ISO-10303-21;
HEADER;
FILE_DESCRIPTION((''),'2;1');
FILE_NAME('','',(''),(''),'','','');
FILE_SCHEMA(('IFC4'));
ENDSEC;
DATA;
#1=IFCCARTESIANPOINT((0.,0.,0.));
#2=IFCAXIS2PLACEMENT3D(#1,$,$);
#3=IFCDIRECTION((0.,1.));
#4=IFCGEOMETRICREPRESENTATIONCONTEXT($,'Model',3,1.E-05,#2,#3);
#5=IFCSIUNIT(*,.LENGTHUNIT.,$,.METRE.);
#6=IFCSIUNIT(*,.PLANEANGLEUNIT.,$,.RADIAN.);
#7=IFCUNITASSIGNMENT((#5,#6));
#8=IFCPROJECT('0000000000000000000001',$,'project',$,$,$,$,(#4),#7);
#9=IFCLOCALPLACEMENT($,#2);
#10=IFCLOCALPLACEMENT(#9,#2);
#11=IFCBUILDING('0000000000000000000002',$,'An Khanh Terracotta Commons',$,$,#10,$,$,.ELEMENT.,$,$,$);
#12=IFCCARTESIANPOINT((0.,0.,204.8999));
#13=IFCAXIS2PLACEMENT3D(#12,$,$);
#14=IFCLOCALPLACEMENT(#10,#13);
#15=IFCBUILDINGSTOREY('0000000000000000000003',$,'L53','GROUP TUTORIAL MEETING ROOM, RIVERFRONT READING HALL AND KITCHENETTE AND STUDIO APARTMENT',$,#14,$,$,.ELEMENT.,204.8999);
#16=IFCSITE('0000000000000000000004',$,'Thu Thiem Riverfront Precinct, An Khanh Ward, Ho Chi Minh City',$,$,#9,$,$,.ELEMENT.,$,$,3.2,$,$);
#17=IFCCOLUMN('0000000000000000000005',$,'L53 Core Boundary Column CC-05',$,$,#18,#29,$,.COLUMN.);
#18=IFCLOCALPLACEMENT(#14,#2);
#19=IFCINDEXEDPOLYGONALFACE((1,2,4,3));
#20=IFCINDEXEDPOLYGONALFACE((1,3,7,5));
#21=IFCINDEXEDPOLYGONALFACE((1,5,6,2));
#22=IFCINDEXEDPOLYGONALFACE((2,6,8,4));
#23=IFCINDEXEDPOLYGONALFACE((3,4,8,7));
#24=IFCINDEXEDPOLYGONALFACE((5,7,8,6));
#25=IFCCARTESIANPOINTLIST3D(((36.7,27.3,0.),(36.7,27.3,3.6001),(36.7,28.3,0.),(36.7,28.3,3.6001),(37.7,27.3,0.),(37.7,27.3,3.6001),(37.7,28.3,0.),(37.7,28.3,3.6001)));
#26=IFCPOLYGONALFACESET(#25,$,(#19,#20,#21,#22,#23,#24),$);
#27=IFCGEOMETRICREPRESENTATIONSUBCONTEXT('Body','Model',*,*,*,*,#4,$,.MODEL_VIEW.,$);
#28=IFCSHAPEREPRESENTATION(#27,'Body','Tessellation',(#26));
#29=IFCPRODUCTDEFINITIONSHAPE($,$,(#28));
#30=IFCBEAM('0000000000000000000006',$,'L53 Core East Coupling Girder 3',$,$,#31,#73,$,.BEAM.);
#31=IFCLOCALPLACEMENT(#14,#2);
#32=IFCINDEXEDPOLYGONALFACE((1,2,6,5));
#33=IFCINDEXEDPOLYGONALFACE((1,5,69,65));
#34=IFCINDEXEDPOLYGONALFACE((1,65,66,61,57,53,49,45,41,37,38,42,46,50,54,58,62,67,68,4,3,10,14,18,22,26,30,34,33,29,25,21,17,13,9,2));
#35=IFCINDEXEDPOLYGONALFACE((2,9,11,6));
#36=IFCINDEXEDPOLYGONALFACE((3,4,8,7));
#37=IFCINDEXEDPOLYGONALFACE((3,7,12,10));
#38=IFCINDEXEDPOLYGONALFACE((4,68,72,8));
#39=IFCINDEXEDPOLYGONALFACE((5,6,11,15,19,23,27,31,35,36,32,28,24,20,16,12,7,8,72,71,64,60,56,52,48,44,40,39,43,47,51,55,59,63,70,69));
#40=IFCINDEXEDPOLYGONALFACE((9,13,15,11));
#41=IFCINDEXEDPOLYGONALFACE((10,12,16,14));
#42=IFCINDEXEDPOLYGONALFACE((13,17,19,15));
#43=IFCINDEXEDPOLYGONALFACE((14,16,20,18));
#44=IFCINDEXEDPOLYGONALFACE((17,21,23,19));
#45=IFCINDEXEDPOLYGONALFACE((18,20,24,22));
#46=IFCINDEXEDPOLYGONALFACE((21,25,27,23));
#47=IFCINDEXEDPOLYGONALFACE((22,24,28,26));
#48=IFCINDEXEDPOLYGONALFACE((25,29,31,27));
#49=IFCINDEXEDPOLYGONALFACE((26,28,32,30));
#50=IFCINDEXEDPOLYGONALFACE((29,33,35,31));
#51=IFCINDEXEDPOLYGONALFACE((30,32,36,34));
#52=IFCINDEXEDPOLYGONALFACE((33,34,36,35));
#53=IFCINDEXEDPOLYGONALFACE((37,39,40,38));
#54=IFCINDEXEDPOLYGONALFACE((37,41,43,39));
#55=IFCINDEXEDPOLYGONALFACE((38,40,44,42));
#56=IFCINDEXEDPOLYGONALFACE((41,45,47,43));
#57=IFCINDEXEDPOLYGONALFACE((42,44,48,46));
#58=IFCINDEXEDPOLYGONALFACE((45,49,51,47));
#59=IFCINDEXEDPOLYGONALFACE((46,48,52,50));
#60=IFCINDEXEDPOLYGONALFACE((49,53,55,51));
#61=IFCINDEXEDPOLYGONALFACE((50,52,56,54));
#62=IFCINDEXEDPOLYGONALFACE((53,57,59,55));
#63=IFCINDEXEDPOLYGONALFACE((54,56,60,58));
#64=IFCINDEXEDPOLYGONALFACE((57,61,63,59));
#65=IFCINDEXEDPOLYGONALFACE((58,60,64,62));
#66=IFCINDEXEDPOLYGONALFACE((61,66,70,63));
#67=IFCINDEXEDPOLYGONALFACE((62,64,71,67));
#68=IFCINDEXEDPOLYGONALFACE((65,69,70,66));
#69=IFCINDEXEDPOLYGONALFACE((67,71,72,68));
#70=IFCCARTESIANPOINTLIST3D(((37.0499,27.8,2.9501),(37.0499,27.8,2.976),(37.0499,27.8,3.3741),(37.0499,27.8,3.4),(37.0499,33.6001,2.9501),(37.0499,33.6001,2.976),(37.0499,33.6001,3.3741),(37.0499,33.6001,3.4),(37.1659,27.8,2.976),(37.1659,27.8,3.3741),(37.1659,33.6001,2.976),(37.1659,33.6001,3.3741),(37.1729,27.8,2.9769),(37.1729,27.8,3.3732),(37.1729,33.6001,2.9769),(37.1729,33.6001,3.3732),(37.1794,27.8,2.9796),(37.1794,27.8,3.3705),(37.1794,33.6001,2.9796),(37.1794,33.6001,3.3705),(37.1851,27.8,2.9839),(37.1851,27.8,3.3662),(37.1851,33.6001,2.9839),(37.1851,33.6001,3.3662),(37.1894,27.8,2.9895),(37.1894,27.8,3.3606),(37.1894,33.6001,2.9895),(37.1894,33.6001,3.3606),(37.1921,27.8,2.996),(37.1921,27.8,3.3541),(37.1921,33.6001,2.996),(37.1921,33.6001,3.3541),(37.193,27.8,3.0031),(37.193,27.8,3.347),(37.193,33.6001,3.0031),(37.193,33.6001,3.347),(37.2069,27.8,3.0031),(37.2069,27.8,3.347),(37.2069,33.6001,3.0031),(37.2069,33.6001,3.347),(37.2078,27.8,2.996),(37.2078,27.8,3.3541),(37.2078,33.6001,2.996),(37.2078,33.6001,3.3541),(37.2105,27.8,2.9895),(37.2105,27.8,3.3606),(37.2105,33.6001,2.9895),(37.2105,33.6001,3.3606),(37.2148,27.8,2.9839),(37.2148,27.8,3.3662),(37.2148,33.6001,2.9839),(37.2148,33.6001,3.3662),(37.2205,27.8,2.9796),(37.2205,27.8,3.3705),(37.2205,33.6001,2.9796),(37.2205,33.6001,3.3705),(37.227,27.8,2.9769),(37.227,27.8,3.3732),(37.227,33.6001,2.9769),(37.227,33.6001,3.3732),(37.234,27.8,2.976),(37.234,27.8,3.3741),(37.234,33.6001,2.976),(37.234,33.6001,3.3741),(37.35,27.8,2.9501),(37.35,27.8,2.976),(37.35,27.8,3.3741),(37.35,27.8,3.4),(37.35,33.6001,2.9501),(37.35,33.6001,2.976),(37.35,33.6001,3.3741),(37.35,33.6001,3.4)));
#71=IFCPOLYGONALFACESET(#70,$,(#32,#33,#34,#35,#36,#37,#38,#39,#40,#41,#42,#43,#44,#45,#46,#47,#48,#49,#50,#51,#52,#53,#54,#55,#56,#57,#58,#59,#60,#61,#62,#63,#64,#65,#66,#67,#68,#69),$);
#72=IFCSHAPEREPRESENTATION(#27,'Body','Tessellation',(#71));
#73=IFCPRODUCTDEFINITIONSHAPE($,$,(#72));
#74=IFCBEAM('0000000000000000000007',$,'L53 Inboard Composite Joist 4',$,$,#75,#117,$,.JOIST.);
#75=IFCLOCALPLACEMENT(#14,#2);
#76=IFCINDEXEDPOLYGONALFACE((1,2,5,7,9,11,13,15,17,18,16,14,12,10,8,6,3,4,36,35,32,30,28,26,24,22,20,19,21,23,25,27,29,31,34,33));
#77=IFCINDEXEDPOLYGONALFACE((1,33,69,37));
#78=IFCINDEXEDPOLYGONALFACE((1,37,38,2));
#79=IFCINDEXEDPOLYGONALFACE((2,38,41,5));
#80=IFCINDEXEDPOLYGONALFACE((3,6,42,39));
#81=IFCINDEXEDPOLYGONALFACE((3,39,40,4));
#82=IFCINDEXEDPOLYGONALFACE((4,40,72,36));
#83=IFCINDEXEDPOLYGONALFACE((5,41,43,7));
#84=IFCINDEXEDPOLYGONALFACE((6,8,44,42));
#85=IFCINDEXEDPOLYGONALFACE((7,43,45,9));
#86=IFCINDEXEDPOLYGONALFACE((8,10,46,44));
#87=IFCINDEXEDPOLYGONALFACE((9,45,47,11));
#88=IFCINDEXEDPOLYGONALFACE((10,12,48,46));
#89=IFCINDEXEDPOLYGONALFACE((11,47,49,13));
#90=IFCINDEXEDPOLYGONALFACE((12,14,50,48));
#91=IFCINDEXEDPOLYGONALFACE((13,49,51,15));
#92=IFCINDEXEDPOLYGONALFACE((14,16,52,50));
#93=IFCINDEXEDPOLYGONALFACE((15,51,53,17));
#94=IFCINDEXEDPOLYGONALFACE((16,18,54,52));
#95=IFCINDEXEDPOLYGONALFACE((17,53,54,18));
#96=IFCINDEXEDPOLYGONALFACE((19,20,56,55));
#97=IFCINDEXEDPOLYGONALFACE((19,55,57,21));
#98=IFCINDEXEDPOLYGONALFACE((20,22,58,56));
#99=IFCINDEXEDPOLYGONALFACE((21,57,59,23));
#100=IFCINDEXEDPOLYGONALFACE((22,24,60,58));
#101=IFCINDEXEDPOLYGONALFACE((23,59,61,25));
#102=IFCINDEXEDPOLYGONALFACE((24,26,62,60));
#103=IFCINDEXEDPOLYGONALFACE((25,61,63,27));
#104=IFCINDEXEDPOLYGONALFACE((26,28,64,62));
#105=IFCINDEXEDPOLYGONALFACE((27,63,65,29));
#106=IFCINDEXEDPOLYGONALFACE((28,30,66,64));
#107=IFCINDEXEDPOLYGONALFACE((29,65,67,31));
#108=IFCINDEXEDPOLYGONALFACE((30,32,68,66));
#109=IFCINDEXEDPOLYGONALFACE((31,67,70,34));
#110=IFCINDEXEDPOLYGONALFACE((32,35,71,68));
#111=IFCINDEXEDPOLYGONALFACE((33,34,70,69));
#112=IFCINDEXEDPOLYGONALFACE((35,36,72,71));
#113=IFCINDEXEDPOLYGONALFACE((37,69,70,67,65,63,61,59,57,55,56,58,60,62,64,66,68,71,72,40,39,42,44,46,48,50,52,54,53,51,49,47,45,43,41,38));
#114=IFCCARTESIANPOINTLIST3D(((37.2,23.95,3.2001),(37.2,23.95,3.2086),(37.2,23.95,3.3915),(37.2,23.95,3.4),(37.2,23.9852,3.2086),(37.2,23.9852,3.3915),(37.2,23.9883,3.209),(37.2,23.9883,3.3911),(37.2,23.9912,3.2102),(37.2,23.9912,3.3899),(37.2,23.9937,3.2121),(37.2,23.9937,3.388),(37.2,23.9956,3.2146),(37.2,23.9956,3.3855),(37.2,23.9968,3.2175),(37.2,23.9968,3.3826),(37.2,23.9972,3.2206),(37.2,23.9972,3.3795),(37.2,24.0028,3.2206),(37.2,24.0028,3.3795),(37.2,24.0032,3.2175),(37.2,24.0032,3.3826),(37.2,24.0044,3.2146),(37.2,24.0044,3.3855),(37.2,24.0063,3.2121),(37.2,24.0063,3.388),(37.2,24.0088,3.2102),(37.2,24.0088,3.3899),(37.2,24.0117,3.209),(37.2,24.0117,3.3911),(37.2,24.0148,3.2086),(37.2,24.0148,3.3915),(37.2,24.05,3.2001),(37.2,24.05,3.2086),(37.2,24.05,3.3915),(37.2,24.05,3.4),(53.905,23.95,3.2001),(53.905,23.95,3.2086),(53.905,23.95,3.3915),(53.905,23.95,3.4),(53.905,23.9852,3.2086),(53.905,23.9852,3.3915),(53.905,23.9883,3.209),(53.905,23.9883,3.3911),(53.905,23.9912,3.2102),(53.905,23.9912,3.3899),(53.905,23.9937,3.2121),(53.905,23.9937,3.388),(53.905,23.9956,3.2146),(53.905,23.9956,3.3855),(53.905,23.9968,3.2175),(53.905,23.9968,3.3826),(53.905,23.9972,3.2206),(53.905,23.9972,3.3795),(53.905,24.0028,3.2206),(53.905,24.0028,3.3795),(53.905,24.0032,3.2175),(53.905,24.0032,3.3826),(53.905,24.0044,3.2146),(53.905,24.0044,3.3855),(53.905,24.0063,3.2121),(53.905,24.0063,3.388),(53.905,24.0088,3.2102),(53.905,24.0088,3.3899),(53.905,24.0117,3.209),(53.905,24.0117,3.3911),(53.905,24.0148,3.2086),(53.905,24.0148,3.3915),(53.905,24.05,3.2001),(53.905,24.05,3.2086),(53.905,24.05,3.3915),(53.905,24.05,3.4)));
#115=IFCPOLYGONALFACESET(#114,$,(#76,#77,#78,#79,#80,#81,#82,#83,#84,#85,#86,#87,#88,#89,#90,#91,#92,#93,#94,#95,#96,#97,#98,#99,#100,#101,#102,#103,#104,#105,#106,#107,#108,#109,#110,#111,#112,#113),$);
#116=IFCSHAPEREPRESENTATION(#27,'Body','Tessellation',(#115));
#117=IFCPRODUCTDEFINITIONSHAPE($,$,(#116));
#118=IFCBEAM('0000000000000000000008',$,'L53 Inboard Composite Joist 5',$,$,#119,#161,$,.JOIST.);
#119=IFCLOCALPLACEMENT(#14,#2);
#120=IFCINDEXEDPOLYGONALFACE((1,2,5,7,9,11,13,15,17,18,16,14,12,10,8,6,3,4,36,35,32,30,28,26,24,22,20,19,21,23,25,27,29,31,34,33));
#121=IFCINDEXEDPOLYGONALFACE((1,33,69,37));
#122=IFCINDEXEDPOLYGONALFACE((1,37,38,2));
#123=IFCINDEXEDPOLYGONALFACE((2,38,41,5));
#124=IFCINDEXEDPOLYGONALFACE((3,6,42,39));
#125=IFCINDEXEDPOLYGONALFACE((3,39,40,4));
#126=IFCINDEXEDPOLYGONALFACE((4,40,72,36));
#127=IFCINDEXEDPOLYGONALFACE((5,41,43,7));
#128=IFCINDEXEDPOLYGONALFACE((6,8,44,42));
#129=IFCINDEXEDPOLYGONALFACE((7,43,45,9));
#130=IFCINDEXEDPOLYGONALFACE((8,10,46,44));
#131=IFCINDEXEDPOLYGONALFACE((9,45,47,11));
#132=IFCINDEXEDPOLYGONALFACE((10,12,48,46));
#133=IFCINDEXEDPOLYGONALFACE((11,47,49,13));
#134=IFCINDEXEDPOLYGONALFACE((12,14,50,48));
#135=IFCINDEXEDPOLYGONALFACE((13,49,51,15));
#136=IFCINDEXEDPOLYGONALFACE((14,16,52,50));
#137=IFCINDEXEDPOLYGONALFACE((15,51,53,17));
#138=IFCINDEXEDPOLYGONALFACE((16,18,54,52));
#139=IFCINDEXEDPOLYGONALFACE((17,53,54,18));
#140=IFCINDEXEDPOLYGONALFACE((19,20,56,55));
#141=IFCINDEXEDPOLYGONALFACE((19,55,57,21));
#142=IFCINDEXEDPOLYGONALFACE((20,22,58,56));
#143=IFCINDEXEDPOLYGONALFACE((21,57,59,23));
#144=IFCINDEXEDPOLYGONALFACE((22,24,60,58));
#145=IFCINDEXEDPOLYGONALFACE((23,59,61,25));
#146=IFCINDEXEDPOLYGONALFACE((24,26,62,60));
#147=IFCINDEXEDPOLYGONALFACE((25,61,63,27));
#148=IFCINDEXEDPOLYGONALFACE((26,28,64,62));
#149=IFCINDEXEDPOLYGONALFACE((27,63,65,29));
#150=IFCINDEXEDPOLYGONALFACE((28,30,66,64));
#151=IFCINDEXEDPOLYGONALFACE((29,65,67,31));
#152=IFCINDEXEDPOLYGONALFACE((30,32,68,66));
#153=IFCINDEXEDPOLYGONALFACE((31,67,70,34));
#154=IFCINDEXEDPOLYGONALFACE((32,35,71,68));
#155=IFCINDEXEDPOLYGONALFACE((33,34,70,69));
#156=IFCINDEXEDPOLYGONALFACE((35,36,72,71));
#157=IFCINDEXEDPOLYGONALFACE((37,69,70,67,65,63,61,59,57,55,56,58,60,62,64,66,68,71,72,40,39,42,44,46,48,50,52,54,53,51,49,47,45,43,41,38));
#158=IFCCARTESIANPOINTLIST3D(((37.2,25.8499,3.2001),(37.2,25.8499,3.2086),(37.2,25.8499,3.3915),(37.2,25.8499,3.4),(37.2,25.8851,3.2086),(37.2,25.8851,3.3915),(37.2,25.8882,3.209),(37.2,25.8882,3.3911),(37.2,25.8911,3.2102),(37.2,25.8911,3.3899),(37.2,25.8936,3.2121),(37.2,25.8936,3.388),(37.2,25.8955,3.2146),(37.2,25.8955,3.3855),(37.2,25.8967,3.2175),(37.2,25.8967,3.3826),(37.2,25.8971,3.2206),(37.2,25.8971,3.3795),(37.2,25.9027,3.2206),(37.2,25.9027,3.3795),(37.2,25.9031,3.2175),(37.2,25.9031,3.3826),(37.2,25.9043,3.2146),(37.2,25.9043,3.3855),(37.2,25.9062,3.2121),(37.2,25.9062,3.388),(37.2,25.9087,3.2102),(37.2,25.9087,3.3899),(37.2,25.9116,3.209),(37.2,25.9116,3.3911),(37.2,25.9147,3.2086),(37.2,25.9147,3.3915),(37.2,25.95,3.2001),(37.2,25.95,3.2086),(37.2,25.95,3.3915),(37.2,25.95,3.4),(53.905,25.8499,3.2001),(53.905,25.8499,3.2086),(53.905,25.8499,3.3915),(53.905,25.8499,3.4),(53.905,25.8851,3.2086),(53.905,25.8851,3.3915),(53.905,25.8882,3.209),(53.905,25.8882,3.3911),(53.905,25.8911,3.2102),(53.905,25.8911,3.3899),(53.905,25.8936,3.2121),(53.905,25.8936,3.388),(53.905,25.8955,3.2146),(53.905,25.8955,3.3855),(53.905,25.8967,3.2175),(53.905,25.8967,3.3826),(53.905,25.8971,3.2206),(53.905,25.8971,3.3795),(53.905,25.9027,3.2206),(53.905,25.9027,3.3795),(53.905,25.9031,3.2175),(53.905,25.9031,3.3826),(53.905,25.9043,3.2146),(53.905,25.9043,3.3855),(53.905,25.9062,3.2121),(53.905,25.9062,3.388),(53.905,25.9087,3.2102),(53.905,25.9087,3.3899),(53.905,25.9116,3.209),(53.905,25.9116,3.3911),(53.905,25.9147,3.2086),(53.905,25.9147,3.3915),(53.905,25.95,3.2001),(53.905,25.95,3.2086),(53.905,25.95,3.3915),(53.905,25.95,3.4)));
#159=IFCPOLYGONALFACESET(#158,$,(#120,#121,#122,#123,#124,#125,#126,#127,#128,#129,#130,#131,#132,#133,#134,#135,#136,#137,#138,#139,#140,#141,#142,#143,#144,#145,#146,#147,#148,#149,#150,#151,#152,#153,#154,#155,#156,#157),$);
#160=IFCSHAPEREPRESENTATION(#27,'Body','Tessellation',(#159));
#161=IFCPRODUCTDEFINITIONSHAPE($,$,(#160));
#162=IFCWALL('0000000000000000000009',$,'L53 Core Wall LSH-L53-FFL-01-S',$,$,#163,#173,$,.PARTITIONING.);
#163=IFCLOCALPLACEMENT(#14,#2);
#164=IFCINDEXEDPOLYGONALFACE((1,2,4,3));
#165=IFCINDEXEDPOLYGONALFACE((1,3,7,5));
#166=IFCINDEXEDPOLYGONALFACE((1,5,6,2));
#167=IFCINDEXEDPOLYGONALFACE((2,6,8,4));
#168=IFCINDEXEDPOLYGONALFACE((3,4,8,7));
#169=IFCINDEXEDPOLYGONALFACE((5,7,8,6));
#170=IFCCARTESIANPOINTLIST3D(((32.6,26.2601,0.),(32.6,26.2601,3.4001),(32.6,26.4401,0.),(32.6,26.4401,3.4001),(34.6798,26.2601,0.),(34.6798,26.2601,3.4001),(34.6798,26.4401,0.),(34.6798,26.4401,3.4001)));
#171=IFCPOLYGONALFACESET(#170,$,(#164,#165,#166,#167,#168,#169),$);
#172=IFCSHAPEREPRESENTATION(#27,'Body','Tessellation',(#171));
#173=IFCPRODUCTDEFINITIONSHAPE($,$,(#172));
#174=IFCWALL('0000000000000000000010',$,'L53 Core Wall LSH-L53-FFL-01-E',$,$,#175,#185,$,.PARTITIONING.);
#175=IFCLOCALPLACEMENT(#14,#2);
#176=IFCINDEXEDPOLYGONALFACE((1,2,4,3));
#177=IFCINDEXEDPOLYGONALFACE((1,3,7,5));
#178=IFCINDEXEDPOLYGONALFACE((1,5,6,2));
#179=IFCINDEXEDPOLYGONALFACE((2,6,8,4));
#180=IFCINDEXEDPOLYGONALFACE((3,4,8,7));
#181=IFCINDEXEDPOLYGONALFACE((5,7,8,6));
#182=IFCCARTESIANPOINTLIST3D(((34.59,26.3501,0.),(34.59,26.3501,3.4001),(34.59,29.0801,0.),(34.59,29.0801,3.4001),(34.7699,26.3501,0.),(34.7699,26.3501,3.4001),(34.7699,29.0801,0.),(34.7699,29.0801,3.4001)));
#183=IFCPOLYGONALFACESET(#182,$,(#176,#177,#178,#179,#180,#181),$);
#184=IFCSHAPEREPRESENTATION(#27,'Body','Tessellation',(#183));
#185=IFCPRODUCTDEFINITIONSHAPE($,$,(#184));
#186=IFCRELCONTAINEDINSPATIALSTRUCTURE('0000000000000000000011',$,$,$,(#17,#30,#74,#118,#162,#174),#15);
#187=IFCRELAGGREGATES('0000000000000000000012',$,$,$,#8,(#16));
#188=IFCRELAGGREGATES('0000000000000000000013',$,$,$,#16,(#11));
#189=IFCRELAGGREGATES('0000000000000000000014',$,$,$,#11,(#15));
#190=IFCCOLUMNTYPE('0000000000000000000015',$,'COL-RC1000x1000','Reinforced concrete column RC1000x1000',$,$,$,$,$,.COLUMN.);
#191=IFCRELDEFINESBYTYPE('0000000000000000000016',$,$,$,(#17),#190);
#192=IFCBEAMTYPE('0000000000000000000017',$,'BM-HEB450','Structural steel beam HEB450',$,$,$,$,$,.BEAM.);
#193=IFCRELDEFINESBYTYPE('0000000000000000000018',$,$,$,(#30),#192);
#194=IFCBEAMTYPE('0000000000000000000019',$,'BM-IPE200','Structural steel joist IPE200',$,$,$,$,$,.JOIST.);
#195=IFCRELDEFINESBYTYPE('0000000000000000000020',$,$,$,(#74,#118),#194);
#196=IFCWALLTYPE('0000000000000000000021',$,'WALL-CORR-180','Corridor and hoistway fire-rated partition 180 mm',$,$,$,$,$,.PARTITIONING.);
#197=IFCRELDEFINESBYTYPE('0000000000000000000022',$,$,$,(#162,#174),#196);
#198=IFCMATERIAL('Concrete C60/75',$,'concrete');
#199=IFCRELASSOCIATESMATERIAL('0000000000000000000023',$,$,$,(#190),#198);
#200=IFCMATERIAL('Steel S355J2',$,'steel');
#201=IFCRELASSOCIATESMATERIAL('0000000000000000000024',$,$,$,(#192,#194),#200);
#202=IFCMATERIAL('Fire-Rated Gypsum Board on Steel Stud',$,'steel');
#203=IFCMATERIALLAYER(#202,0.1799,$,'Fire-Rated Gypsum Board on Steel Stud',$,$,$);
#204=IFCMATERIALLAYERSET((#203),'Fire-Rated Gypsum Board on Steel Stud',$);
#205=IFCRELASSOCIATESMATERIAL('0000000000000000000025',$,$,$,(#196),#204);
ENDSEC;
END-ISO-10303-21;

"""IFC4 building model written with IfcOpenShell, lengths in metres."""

from ifc_helpers import new_model, si_unit, direction, frame, frame_2d, origin, origin_2d, place, context, subcontext, project, spatial, rectangle, i_section, extrude, material, layer, layer_set, material_profile, profile_set, type_object, element, save


model = new_model("IFC4")

# Units and contexts
model_context = context("Model", 3, precision=1e-05, world=origin(), true_north=direction((0.0, 1.0)))
body_context = subcontext(model_context, "Body", "Model", "MODEL_VIEW")
ifc_project = project(units=[si_unit("LENGTHUNIT", "METRE"), si_unit("PLANEANGLEUNIT", "RADIAN")], contexts=[model_context])

# Site, building, storey
site_placement = place(None, origin())
site = spatial("IfcSite", under=ifc_project, at=site_placement, Name="Thu Thiem Riverfront Precinct, An Khanh Ward, Ho Chi Minh City", CompositionType="ELEMENT", RefElevation=3.2)
building_placement = place(site_placement, origin())
building = spatial("IfcBuilding", under=site, at=building_placement, Name="An Khanh Terracotta Commons", CompositionType="ELEMENT")
storey_placement = place(building_placement, frame((0.0, 0.0, 204.8999)))
storey = spatial("IfcBuildingStorey", under=building, at=storey_placement, Name="L53", Description="GROUP TUTORIAL MEETING ROOM, RIVERFRONT READING HALL AND KITCHENETTE AND STUDIO APARTMENT", CompositionType="ELEMENT", Elevation=204.8999)

# Column
ifc_material_1 = material(Name="Concrete C60/75", Category="concrete")
ifc_material_profile_1 = material_profile(ifc_material_1, rectangle(XDim=1.0, YDim=1.0, at=origin_2d()), Name="RC1000x1000")
ifc_profile_set_1 = profile_set([ifc_material_profile_1], Name="Concrete C60/75")
column_type = type_object("IfcColumnType", Name="COL-RC1000x1000", Description="Reinforced concrete column RC1000x1000", PredefinedType="COLUMN", material=ifc_profile_set_1)
column_placement = place(storey_placement, frame((37.2, 27.8, 0.0), z_axis=(0.0, 0.0, 1.0), x_axis=(1.0, 0.0, 0.0)))
element("IfcColumn", 1, at=column_placement, inside=storey, type_object=column_type, Name="L53 Core Boundary Column CC-05", PredefinedType="COLUMN", context=body_context, shape_type="SweptSolid", body=[
    extrude(rectangle(XDim=1.0, YDim=1.0, at=origin_2d()), origin(), (0.0, 0.0, 1.0), 3.6001),
])

# Beams
ifc_material_2 = material(Name="Steel S355J2", Category="steel")
ifc_material_profile_2 = material_profile(ifc_material_2, i_section(OverallWidth=0.3, OverallDepth=0.45, WebThickness=0.0139, FlangeThickness=0.0259, FilletRadius=0.0271, at=origin_2d()), Name="HEB450")
ifc_profile_set_2 = profile_set([ifc_material_profile_2], Name="Steel S355J2")
beam_type_1 = type_object("IfcBeamType", Name="BM-HEB450", Description="Structural steel beam HEB450", PredefinedType="BEAM", material=ifc_profile_set_2)
beam_placement = place(storey_placement, frame((37.2, 27.8, 3.175), z_axis=(0.0, 1.0, 0.0), x_axis=(-1.0, 0.0, 0.0)))
element("IfcBeam", 2, at=beam_placement, inside=storey, type_object=beam_type_1, Name="L53 Core East Coupling Girder 3", PredefinedType="BEAM", context=body_context, shape_type="SweptSolid", body=[
    extrude(i_section(OverallWidth=0.3, OverallDepth=0.45, WebThickness=0.0139, FlangeThickness=0.0259, FilletRadius=0.0271, at=origin_2d()), origin(), (0.0, 0.0, 1.0), 5.8),
])
ifc_material_profile_3 = material_profile(ifc_material_2, i_section(OverallWidth=0.1001, OverallDepth=0.2, WebThickness=0.0056, FlangeThickness=0.0085, FilletRadius=0.012, at=origin_2d()), Name="IPE200")
ifc_profile_set_3 = profile_set([ifc_material_profile_3], Name="Steel S355J2")
beam_type_2 = type_object("IfcBeamType", Name="BM-IPE200", Description="Structural steel joist IPE200", PredefinedType="JOIST", material=ifc_profile_set_3)
for number, where, z_axis, x_axis, name in (
    (3, (37.2, 24.0, 3.3), (1.0, 0.0, 0.0), (0.0, 1.0, 0.0), "L53 Inboard Composite Joist 4"),
    (4, (37.2, 25.8999, 3.3), (1.0, 0.0, 0.0), (0.0, 1.0, 0.0), "L53 Inboard Composite Joist 5"),
):
    element("IfcBeam", number, at=place(storey_placement, frame(where, z_axis=z_axis, x_axis=x_axis)), inside=storey, type_object=beam_type_2, Name=name, PredefinedType="JOIST", context=body_context, shape_type="SweptSolid", body=[
        extrude(i_section(OverallWidth=0.1001, OverallDepth=0.2, WebThickness=0.0056, FlangeThickness=0.0085, FilletRadius=0.012, at=origin_2d()), origin(), (0.0, 0.0, 1.0), 16.7051),
    ])

# Walls
ifc_material_3 = material(Name="Fire-Rated Gypsum Board on Steel Stud", Category="steel")
ifc_layer = layer(ifc_material_3, 0.1799, Name="Fire-Rated Gypsum Board on Steel Stud")
ifc_layer_set = layer_set([ifc_layer], Name="Fire-Rated Gypsum Board on Steel Stud")
wall_type = type_object("IfcWallType", Name="WALL-CORR-180", Description="Corridor and hoistway fire-rated partition 180 mm", PredefinedType="PARTITIONING", material=ifc_layer_set)
wall_1_placement = place(storey_placement, frame((34.6799, 26.3501, 0.0), z_axis=(0.0, 0.0, 1.0), x_axis=(-1.0, 0.0, 0.0)))
element("IfcWall", 5, at=wall_1_placement, inside=storey, type_object=wall_type, Name="L53 Core Wall LSH-L53-FFL-01-S", PredefinedType="PARTITIONING", context=body_context, shape_type="SweptSolid", body=[
    extrude(rectangle(XDim=2.0798, YDim=0.1799, at=frame_2d((1.04, 0.0))), origin(), (0.0, 0.0, 1.0), 3.4001),
])
wall_2_placement = place(storey_placement, frame((34.6799, 26.3501, 0.0), z_axis=(0.0, 0.0, 1.0), x_axis=(0.0, 1.0, 0.0)))
element("IfcWall", 6, at=wall_2_placement, inside=storey, type_object=wall_type, Name="L53 Core Wall LSH-L53-FFL-01-E", PredefinedType="PARTITIONING", context=body_context, shape_type="SweptSolid", body=[
    extrude(rectangle(XDim=2.73, YDim=0.1799, at=frame_2d((1.365, 0.0))), origin(), (0.0, 0.0, 1.0), 3.4001),
])

save(model, "model.ifc")
